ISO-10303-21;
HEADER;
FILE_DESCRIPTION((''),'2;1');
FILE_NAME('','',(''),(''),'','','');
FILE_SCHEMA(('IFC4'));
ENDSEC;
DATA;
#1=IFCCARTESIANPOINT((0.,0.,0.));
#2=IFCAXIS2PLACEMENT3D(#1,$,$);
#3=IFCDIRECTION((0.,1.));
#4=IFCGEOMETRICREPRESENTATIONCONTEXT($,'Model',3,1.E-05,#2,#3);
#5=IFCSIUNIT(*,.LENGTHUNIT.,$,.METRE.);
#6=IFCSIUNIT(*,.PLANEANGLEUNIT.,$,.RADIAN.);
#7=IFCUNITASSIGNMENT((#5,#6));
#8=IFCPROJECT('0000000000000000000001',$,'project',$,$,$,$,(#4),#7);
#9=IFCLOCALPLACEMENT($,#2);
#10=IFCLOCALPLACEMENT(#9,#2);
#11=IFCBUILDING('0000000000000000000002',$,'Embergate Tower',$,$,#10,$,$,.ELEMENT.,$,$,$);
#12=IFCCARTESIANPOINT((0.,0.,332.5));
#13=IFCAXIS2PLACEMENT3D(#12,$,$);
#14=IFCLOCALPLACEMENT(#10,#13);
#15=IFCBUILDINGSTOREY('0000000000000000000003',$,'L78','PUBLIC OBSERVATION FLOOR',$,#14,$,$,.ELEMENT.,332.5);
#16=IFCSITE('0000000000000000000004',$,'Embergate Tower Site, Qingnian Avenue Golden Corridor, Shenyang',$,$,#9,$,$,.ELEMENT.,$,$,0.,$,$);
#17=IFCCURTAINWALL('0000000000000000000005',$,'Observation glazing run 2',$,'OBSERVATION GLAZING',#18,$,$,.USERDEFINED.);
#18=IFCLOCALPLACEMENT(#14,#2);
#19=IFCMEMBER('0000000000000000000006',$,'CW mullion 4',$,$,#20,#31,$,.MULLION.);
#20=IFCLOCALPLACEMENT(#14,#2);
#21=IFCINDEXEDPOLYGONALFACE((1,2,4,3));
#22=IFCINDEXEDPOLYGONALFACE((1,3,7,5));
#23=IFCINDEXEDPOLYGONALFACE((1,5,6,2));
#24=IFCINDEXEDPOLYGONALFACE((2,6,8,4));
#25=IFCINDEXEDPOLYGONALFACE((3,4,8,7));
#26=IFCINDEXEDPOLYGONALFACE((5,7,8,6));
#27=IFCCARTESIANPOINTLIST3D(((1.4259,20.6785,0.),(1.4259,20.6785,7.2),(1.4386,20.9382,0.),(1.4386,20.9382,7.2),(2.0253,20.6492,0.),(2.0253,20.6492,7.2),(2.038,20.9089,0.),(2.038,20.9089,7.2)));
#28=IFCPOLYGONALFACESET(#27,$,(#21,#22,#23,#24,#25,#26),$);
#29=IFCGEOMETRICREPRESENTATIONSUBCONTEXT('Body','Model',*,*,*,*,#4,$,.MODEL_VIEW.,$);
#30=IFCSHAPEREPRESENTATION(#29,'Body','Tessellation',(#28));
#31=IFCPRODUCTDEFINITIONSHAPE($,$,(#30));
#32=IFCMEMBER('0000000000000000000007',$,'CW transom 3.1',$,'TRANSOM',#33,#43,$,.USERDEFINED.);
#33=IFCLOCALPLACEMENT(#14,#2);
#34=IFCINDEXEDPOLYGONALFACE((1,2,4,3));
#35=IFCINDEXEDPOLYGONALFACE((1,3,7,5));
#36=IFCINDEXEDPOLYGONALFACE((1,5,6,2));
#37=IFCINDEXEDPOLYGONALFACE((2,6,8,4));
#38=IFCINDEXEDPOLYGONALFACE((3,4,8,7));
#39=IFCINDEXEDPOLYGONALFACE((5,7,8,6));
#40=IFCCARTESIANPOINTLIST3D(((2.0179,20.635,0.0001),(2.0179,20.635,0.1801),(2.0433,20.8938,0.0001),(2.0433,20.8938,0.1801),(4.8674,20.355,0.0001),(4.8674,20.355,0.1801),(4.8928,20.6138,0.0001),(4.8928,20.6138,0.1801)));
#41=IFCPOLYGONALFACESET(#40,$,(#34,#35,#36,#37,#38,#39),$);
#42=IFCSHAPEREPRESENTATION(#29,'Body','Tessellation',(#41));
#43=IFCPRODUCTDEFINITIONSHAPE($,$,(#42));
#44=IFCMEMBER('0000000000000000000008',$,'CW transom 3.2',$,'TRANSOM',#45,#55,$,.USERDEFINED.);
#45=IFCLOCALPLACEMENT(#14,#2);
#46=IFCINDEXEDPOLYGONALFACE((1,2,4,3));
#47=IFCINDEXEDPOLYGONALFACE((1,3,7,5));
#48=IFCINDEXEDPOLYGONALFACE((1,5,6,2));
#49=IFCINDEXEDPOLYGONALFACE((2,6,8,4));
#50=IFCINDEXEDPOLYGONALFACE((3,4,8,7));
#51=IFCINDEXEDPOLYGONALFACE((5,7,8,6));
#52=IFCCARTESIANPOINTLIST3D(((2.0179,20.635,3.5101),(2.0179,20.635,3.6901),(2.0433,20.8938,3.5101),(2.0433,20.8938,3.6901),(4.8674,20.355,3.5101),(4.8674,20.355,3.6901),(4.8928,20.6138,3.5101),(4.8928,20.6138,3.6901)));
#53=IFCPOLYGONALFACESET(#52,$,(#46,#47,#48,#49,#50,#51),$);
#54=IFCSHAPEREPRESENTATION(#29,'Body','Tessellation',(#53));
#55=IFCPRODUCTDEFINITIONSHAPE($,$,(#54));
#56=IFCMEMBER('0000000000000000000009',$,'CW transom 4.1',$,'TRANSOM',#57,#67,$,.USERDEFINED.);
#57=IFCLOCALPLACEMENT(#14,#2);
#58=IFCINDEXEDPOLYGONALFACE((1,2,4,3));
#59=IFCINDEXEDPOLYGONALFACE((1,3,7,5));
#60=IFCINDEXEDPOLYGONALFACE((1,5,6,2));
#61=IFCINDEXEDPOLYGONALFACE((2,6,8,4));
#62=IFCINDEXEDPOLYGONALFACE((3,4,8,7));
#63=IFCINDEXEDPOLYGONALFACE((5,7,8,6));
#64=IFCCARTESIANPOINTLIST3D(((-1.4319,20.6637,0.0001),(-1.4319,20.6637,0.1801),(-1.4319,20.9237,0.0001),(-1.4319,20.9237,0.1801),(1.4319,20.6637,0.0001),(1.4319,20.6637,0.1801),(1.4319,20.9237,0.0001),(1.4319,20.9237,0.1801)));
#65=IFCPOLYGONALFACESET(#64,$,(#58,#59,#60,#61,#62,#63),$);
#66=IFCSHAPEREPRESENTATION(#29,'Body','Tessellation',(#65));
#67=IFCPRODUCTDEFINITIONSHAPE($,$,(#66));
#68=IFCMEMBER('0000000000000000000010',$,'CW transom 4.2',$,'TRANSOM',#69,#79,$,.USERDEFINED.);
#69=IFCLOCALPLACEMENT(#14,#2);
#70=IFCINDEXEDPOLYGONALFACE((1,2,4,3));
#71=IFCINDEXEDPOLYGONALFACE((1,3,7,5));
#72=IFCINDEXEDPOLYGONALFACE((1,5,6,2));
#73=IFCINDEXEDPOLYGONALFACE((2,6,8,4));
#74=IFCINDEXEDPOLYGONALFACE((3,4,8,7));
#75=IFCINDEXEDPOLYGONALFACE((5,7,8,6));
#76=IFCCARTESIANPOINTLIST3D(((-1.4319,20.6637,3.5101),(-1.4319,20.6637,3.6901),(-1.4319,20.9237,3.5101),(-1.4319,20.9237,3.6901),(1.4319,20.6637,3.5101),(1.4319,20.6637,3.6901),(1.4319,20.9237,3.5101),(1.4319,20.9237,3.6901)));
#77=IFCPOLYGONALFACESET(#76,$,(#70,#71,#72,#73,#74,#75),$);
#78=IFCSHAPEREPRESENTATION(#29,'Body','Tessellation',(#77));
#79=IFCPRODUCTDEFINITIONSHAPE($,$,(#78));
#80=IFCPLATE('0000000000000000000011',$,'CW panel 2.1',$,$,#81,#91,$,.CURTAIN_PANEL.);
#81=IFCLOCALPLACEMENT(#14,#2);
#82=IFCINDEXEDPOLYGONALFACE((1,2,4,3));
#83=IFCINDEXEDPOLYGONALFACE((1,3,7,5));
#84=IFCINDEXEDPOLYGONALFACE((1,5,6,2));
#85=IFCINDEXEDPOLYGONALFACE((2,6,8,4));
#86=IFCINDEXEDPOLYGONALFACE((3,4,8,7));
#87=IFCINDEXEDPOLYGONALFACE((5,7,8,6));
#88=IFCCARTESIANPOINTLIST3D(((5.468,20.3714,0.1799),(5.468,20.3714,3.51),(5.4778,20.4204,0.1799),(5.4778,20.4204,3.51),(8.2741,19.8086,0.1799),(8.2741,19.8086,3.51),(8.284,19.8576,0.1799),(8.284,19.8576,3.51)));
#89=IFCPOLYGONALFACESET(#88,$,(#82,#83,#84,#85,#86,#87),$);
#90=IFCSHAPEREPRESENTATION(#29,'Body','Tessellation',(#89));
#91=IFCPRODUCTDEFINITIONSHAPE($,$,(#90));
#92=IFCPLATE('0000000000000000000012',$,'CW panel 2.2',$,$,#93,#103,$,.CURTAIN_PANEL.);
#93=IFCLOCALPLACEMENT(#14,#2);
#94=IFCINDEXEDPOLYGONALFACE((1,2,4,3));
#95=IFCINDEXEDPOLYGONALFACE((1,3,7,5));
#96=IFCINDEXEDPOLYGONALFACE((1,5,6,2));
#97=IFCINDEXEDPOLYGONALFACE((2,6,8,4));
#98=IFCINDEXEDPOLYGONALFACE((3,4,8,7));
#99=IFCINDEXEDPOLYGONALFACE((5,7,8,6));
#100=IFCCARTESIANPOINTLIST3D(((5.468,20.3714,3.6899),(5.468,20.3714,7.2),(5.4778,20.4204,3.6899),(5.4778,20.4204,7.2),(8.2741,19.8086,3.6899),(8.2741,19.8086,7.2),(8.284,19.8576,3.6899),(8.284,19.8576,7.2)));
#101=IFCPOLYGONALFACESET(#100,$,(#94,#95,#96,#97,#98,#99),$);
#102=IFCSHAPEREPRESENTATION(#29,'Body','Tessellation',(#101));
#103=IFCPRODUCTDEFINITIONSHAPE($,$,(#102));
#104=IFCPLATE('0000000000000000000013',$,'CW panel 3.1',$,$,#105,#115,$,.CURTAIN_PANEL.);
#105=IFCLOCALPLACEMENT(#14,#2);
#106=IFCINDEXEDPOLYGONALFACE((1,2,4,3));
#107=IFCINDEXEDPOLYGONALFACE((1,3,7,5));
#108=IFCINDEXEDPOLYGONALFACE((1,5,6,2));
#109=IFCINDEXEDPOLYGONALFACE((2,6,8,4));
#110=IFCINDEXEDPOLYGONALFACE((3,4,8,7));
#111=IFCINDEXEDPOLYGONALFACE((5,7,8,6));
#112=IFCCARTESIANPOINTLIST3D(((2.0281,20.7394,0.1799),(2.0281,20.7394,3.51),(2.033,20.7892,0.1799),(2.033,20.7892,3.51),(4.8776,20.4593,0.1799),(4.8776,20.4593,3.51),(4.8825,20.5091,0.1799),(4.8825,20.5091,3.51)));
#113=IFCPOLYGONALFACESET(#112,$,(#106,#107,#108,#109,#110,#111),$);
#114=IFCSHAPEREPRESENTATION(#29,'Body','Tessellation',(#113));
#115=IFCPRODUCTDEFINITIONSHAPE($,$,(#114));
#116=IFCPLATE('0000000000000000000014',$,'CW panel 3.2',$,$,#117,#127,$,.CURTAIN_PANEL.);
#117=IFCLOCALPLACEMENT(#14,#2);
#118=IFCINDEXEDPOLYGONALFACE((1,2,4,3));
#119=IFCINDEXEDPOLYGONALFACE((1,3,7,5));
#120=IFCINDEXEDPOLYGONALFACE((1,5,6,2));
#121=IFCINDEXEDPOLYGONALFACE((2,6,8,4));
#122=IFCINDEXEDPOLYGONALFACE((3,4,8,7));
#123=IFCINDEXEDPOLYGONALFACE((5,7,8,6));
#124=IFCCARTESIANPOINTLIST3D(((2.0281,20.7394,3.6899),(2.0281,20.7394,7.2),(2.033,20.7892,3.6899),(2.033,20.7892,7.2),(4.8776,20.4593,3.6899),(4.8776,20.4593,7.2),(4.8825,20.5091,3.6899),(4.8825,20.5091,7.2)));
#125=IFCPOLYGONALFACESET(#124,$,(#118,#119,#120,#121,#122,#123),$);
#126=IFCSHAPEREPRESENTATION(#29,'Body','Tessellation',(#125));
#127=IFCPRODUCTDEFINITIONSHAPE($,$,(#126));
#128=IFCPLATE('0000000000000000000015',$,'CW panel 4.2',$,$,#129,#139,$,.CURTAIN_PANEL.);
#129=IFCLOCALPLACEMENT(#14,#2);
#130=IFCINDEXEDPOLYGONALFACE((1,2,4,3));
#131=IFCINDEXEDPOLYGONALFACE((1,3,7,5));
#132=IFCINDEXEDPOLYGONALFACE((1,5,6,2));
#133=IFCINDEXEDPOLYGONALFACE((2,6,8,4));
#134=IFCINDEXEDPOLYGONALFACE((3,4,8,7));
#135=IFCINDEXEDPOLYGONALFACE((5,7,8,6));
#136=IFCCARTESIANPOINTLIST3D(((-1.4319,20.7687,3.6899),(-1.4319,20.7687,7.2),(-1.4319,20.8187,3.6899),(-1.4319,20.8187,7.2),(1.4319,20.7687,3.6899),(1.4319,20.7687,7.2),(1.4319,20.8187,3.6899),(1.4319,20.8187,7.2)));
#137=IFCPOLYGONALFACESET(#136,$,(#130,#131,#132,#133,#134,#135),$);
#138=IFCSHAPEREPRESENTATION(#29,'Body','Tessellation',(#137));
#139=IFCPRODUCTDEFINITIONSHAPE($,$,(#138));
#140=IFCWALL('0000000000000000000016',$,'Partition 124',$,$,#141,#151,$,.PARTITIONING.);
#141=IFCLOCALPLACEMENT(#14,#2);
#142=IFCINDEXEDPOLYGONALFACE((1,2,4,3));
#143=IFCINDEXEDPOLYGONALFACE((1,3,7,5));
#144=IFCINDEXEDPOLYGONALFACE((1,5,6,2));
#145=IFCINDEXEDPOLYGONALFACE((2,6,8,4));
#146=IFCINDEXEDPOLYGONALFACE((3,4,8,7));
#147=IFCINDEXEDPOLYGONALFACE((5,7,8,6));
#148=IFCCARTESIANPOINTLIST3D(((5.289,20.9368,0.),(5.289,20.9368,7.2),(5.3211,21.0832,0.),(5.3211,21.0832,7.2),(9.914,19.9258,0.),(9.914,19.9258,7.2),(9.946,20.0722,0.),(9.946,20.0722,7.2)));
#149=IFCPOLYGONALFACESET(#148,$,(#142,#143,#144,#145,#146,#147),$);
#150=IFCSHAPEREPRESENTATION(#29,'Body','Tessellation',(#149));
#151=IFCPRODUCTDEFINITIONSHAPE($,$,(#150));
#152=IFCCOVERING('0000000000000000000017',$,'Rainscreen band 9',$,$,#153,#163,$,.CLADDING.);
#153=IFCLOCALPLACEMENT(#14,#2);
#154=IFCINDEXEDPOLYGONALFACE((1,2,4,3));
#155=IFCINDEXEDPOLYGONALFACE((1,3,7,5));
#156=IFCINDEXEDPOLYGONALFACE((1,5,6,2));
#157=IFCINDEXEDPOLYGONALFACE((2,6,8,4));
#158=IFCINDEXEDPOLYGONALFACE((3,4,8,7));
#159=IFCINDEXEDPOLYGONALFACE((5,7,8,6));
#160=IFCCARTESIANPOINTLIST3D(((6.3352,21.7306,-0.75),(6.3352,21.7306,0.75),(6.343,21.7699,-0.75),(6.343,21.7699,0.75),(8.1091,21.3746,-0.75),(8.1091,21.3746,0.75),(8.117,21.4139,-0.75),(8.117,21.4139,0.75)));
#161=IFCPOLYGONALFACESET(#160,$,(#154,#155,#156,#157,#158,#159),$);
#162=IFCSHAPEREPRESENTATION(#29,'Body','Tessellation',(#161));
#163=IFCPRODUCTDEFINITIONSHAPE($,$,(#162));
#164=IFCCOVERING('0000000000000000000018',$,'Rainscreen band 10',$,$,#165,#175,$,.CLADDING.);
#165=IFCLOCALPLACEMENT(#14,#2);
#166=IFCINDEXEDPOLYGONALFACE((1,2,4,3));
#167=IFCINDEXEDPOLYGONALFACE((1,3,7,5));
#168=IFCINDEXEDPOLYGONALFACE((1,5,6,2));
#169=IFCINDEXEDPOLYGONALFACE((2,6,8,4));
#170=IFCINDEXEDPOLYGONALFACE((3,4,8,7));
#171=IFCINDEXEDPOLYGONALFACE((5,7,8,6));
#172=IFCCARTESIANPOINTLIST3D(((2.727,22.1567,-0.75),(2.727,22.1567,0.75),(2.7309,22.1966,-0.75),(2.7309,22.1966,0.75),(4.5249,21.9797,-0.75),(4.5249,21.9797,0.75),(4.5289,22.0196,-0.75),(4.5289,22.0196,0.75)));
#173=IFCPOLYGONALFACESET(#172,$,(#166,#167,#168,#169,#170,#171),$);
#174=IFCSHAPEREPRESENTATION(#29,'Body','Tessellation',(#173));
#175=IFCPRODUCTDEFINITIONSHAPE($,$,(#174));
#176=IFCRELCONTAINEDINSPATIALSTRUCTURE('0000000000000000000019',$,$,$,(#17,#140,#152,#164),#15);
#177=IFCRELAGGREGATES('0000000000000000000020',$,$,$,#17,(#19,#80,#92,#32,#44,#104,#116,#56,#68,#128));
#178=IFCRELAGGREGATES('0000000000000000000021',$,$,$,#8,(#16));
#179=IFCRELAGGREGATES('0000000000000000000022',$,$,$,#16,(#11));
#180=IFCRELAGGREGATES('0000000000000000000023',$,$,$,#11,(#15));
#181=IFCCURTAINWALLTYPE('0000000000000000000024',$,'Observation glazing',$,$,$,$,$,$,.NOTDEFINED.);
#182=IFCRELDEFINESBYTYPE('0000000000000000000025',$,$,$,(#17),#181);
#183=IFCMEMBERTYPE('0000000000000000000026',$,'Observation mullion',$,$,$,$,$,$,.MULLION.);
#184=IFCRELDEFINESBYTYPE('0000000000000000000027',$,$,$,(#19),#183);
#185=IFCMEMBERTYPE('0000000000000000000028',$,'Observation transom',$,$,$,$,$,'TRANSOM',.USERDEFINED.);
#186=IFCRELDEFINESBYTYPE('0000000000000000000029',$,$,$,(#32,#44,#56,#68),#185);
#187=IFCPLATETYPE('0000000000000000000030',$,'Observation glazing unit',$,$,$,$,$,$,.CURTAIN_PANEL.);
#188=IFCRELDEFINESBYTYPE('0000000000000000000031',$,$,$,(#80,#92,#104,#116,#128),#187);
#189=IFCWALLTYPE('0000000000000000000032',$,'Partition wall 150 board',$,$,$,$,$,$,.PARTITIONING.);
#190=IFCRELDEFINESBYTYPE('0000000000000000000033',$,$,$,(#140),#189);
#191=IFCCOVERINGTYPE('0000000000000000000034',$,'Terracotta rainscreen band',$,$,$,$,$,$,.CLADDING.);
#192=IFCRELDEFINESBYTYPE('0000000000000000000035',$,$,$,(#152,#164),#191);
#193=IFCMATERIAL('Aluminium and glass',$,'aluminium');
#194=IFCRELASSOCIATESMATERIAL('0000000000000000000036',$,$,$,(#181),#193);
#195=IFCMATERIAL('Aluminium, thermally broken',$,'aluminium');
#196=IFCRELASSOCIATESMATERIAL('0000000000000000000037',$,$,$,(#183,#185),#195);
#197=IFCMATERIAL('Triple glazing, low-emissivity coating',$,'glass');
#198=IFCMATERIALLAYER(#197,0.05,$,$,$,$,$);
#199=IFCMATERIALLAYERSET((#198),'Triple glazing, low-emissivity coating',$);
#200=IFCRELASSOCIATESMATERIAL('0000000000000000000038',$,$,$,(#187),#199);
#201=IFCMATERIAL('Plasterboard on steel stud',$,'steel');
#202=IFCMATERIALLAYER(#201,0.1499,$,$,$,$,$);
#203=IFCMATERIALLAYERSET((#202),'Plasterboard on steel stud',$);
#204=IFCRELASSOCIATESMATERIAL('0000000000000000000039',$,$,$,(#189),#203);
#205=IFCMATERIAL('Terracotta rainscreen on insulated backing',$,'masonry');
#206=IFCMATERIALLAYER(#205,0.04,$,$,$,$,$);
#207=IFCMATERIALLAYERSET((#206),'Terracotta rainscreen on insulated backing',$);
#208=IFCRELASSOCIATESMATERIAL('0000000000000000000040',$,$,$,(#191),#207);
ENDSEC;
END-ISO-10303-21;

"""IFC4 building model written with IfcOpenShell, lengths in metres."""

from ifc_helpers import new_model, si_unit, direction, frame, frame_2d, origin, origin_2d, place, context, subcontext, project, spatial, rectangle, extrude, source, transform, mapped, material, layer, layer_set, material_profile, profile_set, type_object, element, aggregate, save


model = new_model("IFC4")

# Units and contexts
model_context = context("Model", 3, precision=1e-05, world=origin(), true_north=direction((0.0, 1.0)))
body_context = subcontext(model_context, "Body", "Model", "MODEL_VIEW")
ifc_project = project(units=[si_unit("LENGTHUNIT", "METRE"), si_unit("PLANEANGLEUNIT", "RADIAN")], contexts=[model_context])

# Site, building, storey
site_placement = place(None, origin())
site = spatial("IfcSite", under=ifc_project, at=site_placement, Name="Embergate Tower Site, Qingnian Avenue Golden Corridor, Shenyang", CompositionType="ELEMENT", RefElevation=0.0)
building_placement = place(site_placement, origin())
building = spatial("IfcBuilding", under=site, at=building_placement, Name="Embergate Tower", CompositionType="ELEMENT")
storey_placement = place(building_placement, frame((0.0, 0.0, 332.5)))
storey = spatial("IfcBuildingStorey", under=building, at=storey_placement, Name="L78", Description="PUBLIC OBSERVATION FLOOR", CompositionType="ELEMENT", Elevation=332.5)

# Curtain wall, members, plates
ifc_material_1 = material(Name="Aluminium and glass", Category="aluminium")
curtain_wall_type = type_object("IfcCurtainWallType", Name="Observation glazing", PredefinedType="NOTDEFINED", material=ifc_material_1)
curtain_wall_placement = place(storey_placement, origin())
curtain_wall = element("IfcCurtainWall", 1, at=curtain_wall_placement, inside=storey, type_object=curtain_wall_type, Name="Observation glazing run 2", ObjectType="OBSERVATION GLAZING", PredefinedType="USERDEFINED")
ifc_material_2 = material(Name="Aluminium, thermally broken", Category="aluminium")
ifc_material_profile_1 = material_profile(ifc_material_2, rectangle(XDim=0.26, YDim=0.6001, at=origin_2d()), Name="AL 600x260")
ifc_profile_set_1 = profile_set([ifc_material_profile_1], Name="Aluminium, thermally broken")
member_type_1 = type_object("IfcMemberType", Name="Observation mullion", PredefinedType="MULLION", material=ifc_profile_set_1)
shared_shape_1 = source(origin(), body_context, "Body", "SweptSolid", [
    extrude(rectangle(XDim=0.26, YDim=0.6001, at=origin_2d()), origin(), (0.0, 0.0, 1.0), 7.2),
])
member_1_placement = place(storey_placement, frame((1.7319, 20.7937, 0.0), z_axis=(0.0, 0.0, 1.0), x_axis=(-0.04897, -0.9988, 0.0)))
member_1 = element("IfcMember", 2, at=member_1_placement, type_object=member_type_1, Name="CW mullion 4", PredefinedType="MULLION", context=body_context, shape_type="MappedRepresentation", body=[
    mapped(shared_shape_1, transform((0.0, 0.0, 0.0))),
])
ifc_material_profile_2 = material_profile(ifc_material_2, rectangle(XDim=0.26, YDim=0.1799, at=origin_2d()), Name="AL 180x260")
ifc_profile_set_2 = profile_set([ifc_material_profile_2], Name="Aluminium, thermally broken")
member_type_2 = type_object("IfcMemberType", Name="Observation transom", ElementType="TRANSOM", PredefinedType="USERDEFINED", material=ifc_profile_set_2)
shared_shape_2 = source(origin(), body_context, "Body", "SweptSolid", [
    extrude(rectangle(XDim=0.26, YDim=0.1799, at=origin_2d()), origin(), (0.0, 0.0, 1.0), 2.8633),
])
member_2_placement = place(storey_placement, frame((4.8801, 20.4844, 0.0901), z_axis=(-0.995206, 0.097798, 0.0), x_axis=(-0.097798, -0.995206, 0.0)))
member_2 = element("IfcMember", 3, at=member_2_placement, type_object=member_type_2, Name="CW transom 3.1", ObjectType="TRANSOM", PredefinedType="USERDEFINED", context=body_context, shape_type="MappedRepresentation", body=[
    mapped(shared_shape_2, transform((0.0, 0.0, 0.0))),
])
member_3_placement = place(storey_placement, frame((4.8801, 20.4844, 3.6001), z_axis=(-0.995206, 0.097798, 0.0), x_axis=(-0.097798, -0.995206, 0.0)))
member_3 = element("IfcMember", 4, at=member_3_placement, type_object=member_type_2, Name="CW transom 3.2", ObjectType="TRANSOM", PredefinedType="USERDEFINED", context=body_context, shape_type="MappedRepresentation", body=[
    mapped(shared_shape_2, transform((0.0, 0.0, 0.0))),
])
shared_shape_3 = source(origin(), body_context, "Body", "SweptSolid", [
    extrude(rectangle(XDim=0.26, YDim=0.1799, at=origin_2d()), origin(), (0.0, 0.0, 1.0), 2.8638),
])
member_4_placement = place(storey_placement, frame((1.4319, 20.7937, 0.0901), z_axis=(-1.0, 0.0, 0.0), x_axis=(0.0, -1.0, 0.0)))
member_4 = element("IfcMember", 5, at=member_4_placement, type_object=member_type_2, Name="CW transom 4.1", ObjectType="TRANSOM", PredefinedType="USERDEFINED", context=body_context, shape_type="MappedRepresentation", body=[
    mapped(shared_shape_3, transform((0.0, 0.0, 0.0))),
])
member_5_placement = place(storey_placement, frame((1.4319, 20.7937, 3.6001), z_axis=(-1.0, 0.0, 0.0), x_axis=(0.0, -1.0, 0.0)))
member_5 = element("IfcMember", 6, at=member_5_placement, type_object=member_type_2, Name="CW transom 4.2", ObjectType="TRANSOM", PredefinedType="USERDEFINED", context=body_context, shape_type="MappedRepresentation", body=[
    mapped(shared_shape_3, transform((0.0, 0.0, 0.0))),
])
ifc_material_3 = material(Name="Triple glazing, low-emissivity coating", Category="glass")
ifc_layer_1 = layer(ifc_material_3, 0.05)
ifc_layer_set_1 = layer_set([ifc_layer_1], Name="Triple glazing, low-emissivity coating")
plate_type = type_object("IfcPlateType", Name="Observation glazing unit", PredefinedType="CURTAIN_PANEL", material=ifc_layer_set_1)
shared_shape_4 = source(origin(), body_context, "Body", "SweptSolid", [
    extrude(rectangle(XDim=2.8621, YDim=0.05, at=origin_2d()), origin(), (0.0, 0.0, 1.0), 3.3301),
])
plate_1_placement = place(storey_placement, frame((6.876, 20.1145, 0.1799), z_axis=(0.0, 0.0, 1.0), x_axis=(-0.980476, 0.196638, 0.0)))
plate_1 = element("IfcPlate", 7, at=plate_1_placement, type_object=plate_type, Name="CW panel 2.1", PredefinedType="CURTAIN_PANEL", context=body_context, shape_type="MappedRepresentation", body=[
    mapped(shared_shape_4, transform((0.0, 0.0, 0.0))),
])
shared_shape_5 = source(origin(), body_context, "Body", "SweptSolid", [
    extrude(rectangle(XDim=2.8621, YDim=0.05, at=origin_2d()), origin(), (0.0, 0.0, 1.0), 3.51),
])
plate_2_placement = place(storey_placement, frame((6.876, 20.1145, 3.6899), z_axis=(0.0, 0.0, 1.0), x_axis=(-0.980476, 0.196638, 0.0)))
plate_2 = element("IfcPlate", 8, at=plate_2_placement, type_object=plate_type, Name="CW panel 2.2", PredefinedType="CURTAIN_PANEL", context=body_context, shape_type="MappedRepresentation", body=[
    mapped(shared_shape_5, transform((0.0, 0.0, 0.0))),
])
shared_shape_6 = source(origin(), body_context, "Body", "SweptSolid", [
    extrude(rectangle(XDim=2.8633, YDim=0.05, at=origin_2d()), origin(), (0.0, 0.0, 1.0), 3.3301),
])
plate_3_placement = place(storey_placement, frame((3.4553, 20.6243, 0.1799), z_axis=(0.0, 0.0, 1.0), x_axis=(-0.995203, 0.097828, 0.0)))
plate_3 = element("IfcPlate", 9, at=plate_3_placement, type_object=plate_type, Name="CW panel 3.1", PredefinedType="CURTAIN_PANEL", context=body_context, shape_type="MappedRepresentation", body=[
    mapped(shared_shape_6, transform((0.0, 0.0, 0.0))),
])
shared_shape_7 = source(origin(), body_context, "Body", "SweptSolid", [
    extrude(rectangle(XDim=2.8633, YDim=0.05, at=origin_2d()), origin(), (0.0, 0.0, 1.0), 3.51),
])
plate_4_placement = place(storey_placement, frame((3.4553, 20.6243, 3.6899), z_axis=(0.0, 0.0, 1.0), x_axis=(-0.995203, 0.097828, 0.0)))
plate_4 = element("IfcPlate", 10, at=plate_4_placement, type_object=plate_type, Name="CW panel 3.2", PredefinedType="CURTAIN_PANEL", context=body_context, shape_type="MappedRepresentation", body=[
    mapped(shared_shape_7, transform((0.0, 0.0, 0.0))),
])
shared_shape_8 = source(origin(), body_context, "Body", "SweptSolid", [
    extrude(rectangle(XDim=2.8638, YDim=0.05, at=origin_2d()), origin(), (0.0, 0.0, 1.0), 3.51),
])
plate_5_placement = place(storey_placement, frame((0.0, 20.7937, 3.6899), z_axis=(0.0, 0.0, 1.0), x_axis=(-1.0, 0.0, 0.0)))
plate_5 = element("IfcPlate", 11, at=plate_5_placement, type_object=plate_type, Name="CW panel 4.2", PredefinedType="CURTAIN_PANEL", context=body_context, shape_type="MappedRepresentation", body=[
    mapped(shared_shape_8, transform((0.0, 0.0, 0.0))),
])
aggregate(curtain_wall, [member_1, plate_1, plate_2, member_2, member_3, plate_3, plate_4, member_4, member_5, plate_5])

# Wall
ifc_material_4 = material(Name="Plasterboard on steel stud", Category="steel")
ifc_layer_2 = layer(ifc_material_4, 0.1499)
ifc_layer_set_2 = layer_set([ifc_layer_2], Name="Plasterboard on steel stud")
wall_type = type_object("IfcWallType", Name="Partition wall 150 board", PredefinedType="PARTITIONING", material=ifc_layer_set_2)
shared_shape_9 = source(origin(), body_context, "Body", "SweptSolid", [
    extrude(rectangle(XDim=4.7341, YDim=0.1499, at=frame_2d((2.3672, 0.0))), origin(), (0.0, 0.0, 1.0), 7.2),
])
wall_placement = place(storey_placement, frame((5.3049, 21.01, 0.0), z_axis=(0.0, 0.0, 1.0), x_axis=(0.976932, -0.213549, 0.0)))
element("IfcWall", 12, at=wall_placement, inside=storey, type_object=wall_type, Name="Partition 124", PredefinedType="PARTITIONING", context=body_context, shape_type="MappedRepresentation", body=[
    mapped(shared_shape_9, transform((0.0, 0.0, 0.0))),
])

# Coverings
ifc_material_5 = material(Name="Terracotta rainscreen on insulated backing", Category="masonry")
ifc_layer_3 = layer(ifc_material_5, 0.04)
ifc_layer_set_3 = layer_set([ifc_layer_3], Name="Terracotta rainscreen on insulated backing")
covering_type = type_object("IfcCoveringType", Name="Terracotta rainscreen band", PredefinedType="CLADDING", material=ifc_layer_set_3)
shared_shape_10 = source(origin(), body_context, "Body", "SweptSolid", [
    extrude(rectangle(XDim=1.8093, YDim=0.04, at=origin_2d()), origin(), (0.0, 0.0, 1.0), 1.5),
])
covering_1_placement = place(storey_placement, frame((7.2261, 21.5723, -0.75), z_axis=(0.0, 0.0, 1.0), x_axis=(-0.980453, 0.196754, 0.0)))
element("IfcCovering", 13, at=covering_1_placement, inside=storey, type_object=covering_type, Name="Rainscreen band 9", PredefinedType="CLADDING", context=body_context, shape_type="MappedRepresentation", body=[
    mapped(shared_shape_10, transform((0.0, 0.0, 0.0))),
])
shared_shape_11 = source(origin(), body_context, "Body", "SweptSolid", [
    extrude(rectangle(XDim=1.8066, YDim=0.04, at=origin_2d()), origin(), (0.0, 0.0, 1.0), 1.5),
])
covering_2_placement = place(storey_placement, frame((3.6279, 22.0881, -0.75), z_axis=(0.0, 0.0, 1.0), x_axis=(-0.99519, 0.097969, 0.0)))
element("IfcCovering", 14, at=covering_2_placement, inside=storey, type_object=covering_type, Name="Rainscreen band 10", PredefinedType="CLADDING", context=body_context, shape_type="MappedRepresentation", body=[
    mapped(shared_shape_11, transform((0.0, 0.0, 0.0))),
])

save(model, "model.ifc")
